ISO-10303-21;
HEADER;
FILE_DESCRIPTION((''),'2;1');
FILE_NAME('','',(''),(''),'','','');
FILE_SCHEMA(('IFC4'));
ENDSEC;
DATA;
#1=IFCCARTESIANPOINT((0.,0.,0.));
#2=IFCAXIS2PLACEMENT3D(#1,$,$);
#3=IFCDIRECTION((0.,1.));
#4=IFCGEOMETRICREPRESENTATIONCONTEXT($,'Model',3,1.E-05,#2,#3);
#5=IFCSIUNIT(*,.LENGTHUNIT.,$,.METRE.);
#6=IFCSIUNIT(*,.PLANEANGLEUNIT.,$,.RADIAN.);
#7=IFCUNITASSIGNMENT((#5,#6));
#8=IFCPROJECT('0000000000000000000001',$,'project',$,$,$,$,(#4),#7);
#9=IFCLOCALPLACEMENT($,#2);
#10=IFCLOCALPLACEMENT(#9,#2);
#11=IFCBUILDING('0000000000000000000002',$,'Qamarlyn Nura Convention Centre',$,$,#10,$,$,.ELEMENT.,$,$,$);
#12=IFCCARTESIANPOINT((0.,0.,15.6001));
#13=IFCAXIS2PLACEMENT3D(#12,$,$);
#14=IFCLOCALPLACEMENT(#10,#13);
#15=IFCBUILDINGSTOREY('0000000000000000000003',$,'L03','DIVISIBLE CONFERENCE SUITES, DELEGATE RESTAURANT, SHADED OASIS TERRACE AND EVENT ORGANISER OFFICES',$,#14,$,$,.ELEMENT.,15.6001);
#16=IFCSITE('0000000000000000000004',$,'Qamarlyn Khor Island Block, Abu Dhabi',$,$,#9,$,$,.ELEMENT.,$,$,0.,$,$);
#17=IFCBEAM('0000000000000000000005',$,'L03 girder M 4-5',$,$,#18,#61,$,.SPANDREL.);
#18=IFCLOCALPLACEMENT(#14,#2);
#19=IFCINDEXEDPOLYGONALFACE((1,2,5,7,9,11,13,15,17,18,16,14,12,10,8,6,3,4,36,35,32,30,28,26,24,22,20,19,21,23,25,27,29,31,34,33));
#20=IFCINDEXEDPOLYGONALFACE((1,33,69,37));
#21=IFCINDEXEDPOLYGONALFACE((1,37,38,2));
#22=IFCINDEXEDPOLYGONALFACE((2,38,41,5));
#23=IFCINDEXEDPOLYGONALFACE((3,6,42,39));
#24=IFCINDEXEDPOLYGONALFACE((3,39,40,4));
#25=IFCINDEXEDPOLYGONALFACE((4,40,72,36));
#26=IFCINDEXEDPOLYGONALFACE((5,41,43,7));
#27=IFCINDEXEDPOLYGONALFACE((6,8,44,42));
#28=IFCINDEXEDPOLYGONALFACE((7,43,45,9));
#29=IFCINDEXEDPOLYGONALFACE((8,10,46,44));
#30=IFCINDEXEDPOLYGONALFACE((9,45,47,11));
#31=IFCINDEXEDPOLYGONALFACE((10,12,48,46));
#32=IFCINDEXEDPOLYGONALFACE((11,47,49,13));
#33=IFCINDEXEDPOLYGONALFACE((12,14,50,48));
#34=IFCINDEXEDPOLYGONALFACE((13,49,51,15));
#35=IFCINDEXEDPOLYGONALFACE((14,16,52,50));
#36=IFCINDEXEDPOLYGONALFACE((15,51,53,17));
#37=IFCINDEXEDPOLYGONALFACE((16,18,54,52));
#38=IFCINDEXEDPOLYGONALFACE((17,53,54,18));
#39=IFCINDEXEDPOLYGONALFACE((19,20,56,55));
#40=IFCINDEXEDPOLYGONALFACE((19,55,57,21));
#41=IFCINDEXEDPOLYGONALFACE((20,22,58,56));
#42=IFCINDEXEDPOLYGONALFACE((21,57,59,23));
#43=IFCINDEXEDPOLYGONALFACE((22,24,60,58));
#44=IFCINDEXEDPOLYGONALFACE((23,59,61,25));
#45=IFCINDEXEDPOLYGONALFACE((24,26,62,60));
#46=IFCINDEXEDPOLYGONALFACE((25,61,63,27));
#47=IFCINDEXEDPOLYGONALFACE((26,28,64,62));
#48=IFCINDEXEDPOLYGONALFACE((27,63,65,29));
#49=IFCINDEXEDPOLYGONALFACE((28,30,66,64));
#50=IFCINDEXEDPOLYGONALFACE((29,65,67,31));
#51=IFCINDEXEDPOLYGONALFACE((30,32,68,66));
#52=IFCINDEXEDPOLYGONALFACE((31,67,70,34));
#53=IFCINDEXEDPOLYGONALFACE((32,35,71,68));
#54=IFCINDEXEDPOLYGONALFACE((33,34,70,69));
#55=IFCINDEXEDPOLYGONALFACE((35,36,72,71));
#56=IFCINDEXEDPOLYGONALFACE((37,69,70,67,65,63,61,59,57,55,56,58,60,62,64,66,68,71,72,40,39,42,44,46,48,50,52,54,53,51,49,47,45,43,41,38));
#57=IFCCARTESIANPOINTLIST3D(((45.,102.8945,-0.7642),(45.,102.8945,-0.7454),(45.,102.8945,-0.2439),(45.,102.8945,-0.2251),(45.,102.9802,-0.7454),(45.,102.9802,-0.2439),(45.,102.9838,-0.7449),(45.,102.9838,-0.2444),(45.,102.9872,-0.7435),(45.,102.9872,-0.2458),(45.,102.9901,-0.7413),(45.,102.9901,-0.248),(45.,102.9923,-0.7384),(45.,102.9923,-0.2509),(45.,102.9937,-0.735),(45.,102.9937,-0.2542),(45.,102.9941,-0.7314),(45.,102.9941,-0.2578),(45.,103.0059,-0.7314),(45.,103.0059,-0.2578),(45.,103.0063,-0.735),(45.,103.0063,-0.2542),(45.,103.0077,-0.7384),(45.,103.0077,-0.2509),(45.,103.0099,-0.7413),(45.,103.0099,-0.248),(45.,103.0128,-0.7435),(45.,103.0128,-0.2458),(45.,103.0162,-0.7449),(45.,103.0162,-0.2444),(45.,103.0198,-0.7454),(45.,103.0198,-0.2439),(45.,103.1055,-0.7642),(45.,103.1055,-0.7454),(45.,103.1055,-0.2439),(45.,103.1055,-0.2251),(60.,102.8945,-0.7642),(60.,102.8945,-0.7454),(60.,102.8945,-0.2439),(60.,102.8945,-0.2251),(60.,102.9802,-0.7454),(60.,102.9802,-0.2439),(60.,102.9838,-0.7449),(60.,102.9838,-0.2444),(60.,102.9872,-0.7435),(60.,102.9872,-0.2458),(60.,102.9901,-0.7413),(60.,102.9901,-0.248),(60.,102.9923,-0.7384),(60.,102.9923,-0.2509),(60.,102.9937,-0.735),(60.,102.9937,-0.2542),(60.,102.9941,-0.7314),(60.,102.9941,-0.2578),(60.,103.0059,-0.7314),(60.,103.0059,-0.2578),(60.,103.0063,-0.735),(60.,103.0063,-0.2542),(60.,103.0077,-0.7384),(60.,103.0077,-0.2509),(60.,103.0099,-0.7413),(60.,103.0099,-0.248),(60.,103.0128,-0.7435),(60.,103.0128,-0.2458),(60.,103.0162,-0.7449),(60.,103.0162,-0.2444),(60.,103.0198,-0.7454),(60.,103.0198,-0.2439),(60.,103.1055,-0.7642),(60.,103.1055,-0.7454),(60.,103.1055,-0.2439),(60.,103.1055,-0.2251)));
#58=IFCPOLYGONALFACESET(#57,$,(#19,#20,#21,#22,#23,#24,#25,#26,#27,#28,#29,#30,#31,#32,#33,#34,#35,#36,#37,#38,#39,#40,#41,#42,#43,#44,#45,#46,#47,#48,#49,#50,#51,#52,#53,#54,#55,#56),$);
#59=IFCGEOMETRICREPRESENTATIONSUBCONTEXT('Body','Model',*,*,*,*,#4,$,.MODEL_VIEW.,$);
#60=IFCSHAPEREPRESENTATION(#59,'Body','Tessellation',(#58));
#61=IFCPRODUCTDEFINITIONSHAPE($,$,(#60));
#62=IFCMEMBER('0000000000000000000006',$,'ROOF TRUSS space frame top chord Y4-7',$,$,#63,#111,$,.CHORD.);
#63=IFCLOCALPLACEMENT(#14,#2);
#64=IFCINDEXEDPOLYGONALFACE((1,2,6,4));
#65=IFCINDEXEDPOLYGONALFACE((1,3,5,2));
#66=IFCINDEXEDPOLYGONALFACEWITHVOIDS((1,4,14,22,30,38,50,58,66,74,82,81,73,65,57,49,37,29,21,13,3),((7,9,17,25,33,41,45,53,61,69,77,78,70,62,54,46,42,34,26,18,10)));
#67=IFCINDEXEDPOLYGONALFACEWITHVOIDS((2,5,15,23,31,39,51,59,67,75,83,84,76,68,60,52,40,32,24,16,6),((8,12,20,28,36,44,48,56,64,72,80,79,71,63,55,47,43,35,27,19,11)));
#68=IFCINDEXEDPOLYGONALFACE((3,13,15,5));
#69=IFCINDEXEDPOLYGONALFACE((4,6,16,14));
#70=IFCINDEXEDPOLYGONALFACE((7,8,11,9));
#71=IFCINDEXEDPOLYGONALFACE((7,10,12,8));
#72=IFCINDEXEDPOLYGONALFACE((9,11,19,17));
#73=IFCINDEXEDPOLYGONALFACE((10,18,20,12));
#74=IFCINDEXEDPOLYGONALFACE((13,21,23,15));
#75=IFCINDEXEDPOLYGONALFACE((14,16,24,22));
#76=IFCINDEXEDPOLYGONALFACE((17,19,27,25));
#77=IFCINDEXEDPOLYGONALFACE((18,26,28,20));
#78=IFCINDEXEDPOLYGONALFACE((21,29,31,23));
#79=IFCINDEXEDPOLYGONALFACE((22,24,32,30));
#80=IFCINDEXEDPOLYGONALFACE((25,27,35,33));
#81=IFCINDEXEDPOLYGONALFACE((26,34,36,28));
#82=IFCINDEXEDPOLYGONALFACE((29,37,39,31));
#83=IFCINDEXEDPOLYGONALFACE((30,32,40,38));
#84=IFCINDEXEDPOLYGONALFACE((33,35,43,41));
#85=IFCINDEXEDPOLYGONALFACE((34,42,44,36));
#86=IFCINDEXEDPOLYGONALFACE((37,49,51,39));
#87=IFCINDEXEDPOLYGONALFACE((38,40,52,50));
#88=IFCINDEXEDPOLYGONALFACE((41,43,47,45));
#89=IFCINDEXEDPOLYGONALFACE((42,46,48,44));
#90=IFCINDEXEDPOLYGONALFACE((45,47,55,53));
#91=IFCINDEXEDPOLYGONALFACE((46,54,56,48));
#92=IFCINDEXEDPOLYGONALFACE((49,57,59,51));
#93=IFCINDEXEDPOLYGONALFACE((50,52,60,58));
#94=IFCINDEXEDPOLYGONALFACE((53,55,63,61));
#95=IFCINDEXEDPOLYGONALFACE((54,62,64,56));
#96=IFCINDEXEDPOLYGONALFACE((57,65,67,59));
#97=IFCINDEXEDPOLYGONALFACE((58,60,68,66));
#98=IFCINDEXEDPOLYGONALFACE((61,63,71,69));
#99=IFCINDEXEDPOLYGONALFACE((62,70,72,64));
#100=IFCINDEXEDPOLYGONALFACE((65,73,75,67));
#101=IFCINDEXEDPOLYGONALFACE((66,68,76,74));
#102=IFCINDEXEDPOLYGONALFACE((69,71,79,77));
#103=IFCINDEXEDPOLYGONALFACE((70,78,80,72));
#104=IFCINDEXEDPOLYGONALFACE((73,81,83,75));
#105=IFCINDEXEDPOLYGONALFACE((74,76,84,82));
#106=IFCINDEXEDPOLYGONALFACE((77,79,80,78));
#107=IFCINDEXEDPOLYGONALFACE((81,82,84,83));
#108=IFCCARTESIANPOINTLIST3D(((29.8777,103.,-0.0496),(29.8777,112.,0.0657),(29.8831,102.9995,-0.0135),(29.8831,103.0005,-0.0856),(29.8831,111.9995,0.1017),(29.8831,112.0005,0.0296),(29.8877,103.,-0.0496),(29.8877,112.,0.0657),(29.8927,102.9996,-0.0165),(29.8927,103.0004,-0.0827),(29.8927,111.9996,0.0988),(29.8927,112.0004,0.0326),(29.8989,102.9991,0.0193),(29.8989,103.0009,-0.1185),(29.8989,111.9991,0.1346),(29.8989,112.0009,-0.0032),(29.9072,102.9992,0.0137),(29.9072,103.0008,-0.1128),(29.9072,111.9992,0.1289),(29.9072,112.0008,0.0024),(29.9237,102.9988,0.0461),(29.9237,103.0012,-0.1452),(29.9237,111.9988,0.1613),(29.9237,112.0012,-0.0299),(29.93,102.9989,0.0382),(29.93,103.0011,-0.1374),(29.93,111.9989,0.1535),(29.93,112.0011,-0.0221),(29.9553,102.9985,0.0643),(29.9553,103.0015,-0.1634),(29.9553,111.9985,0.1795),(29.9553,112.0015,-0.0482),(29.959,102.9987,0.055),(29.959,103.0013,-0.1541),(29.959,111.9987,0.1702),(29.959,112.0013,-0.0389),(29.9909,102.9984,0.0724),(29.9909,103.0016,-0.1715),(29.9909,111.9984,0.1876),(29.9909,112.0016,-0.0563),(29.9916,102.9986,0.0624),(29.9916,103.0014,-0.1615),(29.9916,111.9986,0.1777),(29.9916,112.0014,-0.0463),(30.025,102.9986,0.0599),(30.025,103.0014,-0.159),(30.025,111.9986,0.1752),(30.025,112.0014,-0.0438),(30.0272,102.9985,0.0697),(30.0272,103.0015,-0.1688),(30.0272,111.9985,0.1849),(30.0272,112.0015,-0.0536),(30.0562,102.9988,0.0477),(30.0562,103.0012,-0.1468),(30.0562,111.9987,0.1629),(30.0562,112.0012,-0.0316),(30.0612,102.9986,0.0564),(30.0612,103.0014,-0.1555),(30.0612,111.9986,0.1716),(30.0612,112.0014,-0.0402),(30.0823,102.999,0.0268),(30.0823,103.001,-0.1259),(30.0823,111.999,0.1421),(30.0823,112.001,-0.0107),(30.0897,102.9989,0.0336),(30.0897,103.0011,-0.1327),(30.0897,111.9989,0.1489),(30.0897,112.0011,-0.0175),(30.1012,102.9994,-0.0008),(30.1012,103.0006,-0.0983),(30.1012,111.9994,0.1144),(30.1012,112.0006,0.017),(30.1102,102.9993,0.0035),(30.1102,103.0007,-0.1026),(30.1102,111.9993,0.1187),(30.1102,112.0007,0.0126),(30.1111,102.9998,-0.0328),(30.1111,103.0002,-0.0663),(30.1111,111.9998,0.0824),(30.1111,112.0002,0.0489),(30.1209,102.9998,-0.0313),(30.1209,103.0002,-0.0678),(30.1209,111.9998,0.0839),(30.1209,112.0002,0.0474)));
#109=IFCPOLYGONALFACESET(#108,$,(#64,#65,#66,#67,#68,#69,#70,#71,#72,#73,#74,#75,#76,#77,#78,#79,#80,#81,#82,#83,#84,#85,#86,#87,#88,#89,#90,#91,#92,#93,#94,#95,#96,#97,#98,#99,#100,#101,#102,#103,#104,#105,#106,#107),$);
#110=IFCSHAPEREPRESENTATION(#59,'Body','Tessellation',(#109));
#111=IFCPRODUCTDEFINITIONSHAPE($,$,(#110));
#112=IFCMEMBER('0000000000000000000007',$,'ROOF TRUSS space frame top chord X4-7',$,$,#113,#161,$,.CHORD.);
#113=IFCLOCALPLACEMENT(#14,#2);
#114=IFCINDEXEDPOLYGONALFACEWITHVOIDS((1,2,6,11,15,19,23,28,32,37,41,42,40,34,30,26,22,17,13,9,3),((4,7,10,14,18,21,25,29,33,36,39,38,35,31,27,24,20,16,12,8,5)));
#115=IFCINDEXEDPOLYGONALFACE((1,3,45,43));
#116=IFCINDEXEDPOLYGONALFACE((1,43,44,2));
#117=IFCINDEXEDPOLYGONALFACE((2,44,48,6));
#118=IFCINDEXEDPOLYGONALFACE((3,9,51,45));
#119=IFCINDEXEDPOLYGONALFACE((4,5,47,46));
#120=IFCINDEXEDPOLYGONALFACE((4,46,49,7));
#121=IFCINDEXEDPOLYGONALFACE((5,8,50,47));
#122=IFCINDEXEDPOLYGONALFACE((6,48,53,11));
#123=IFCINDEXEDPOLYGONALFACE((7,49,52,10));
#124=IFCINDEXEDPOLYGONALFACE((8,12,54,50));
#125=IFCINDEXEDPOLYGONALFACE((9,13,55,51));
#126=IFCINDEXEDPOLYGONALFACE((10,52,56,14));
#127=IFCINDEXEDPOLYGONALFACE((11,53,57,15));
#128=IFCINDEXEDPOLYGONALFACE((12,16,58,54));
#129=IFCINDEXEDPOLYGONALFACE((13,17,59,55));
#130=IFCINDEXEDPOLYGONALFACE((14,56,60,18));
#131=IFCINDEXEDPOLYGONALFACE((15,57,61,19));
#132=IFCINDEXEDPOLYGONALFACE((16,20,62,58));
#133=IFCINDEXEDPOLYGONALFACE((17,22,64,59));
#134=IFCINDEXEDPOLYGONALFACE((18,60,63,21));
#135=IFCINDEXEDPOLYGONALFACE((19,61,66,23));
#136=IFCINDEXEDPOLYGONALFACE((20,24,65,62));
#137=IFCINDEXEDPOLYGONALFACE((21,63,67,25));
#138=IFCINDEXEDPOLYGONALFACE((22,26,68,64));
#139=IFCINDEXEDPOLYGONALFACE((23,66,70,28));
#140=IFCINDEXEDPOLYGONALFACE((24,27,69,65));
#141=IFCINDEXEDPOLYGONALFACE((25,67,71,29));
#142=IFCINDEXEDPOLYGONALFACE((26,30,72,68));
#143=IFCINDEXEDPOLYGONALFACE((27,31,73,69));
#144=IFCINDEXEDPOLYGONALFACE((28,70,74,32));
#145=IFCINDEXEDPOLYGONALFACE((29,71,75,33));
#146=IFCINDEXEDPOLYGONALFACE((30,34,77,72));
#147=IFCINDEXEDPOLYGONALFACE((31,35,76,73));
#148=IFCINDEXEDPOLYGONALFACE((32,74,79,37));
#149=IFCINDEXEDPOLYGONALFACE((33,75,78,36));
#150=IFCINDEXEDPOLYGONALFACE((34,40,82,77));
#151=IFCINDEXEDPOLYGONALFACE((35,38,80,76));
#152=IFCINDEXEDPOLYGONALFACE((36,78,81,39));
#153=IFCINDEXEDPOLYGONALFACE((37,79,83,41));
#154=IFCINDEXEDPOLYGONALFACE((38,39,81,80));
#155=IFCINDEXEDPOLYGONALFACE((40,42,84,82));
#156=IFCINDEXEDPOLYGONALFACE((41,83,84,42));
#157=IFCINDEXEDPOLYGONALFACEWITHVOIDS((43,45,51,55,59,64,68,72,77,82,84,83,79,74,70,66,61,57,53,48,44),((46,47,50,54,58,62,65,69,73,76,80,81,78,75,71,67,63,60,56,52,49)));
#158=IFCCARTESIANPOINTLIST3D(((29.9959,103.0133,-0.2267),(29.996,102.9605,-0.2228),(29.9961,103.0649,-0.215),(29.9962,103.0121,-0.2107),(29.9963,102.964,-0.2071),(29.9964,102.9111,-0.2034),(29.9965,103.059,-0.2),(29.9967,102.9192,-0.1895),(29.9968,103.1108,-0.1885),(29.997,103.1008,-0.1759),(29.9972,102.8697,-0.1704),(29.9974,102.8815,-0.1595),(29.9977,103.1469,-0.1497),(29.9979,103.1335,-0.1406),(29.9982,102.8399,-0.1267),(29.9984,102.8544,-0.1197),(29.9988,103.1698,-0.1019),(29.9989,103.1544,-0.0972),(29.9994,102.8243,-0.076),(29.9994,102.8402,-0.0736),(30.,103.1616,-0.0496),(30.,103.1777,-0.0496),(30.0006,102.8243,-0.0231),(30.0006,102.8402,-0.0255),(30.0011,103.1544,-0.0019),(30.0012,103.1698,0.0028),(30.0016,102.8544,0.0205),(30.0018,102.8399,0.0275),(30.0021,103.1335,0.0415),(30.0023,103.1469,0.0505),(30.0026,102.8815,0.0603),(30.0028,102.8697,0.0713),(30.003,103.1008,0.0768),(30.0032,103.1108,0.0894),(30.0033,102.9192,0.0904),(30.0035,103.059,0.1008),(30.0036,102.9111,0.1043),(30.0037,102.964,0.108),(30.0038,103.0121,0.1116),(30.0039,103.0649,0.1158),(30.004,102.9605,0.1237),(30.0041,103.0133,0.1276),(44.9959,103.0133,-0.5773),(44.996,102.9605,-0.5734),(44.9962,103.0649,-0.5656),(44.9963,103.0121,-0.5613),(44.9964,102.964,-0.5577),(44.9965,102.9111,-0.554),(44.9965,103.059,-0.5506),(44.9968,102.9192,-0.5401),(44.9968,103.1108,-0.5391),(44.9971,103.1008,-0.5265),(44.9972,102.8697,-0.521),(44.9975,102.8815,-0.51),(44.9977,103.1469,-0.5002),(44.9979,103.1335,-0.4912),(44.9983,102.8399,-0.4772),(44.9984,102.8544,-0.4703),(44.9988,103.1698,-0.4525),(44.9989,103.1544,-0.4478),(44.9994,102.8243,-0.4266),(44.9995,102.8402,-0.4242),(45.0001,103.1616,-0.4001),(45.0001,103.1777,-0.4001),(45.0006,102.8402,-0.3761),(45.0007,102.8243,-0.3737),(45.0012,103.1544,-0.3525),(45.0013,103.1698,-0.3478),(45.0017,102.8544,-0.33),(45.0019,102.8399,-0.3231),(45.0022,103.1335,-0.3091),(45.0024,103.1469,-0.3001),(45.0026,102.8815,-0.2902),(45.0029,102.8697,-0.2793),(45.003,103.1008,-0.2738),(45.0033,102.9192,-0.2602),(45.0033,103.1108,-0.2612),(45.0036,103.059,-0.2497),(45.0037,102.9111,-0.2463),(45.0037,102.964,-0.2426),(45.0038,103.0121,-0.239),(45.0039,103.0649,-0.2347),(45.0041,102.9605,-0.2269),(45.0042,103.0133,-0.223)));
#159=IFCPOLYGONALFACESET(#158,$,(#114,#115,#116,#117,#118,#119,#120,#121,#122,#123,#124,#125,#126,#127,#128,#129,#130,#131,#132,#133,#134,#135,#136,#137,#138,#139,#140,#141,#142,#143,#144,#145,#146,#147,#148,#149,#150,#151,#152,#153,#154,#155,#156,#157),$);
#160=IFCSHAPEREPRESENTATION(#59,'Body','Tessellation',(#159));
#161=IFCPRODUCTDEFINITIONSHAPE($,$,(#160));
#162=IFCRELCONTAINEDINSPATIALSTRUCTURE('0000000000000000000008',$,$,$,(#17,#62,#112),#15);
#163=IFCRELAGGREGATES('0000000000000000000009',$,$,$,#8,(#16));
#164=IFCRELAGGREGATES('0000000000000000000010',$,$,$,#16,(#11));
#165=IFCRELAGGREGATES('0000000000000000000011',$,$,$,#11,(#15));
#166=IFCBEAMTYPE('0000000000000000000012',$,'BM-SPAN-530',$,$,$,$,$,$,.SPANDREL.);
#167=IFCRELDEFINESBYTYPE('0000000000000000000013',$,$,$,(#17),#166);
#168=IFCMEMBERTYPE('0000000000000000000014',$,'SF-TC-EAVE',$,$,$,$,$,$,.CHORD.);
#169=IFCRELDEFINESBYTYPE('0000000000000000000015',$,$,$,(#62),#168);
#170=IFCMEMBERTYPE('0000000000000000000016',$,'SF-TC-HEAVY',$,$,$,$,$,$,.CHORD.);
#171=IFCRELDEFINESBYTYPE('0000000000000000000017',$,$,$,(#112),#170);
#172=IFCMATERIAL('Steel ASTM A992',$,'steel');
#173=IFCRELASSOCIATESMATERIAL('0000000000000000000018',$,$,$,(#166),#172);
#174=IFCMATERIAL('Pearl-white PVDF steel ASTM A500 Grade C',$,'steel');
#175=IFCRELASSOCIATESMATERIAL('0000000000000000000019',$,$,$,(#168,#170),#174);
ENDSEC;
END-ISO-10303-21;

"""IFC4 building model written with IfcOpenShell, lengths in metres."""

from ifc_helpers import new_model, si_unit, direction, frame, origin, origin_2d, place, context, subcontext, project, spatial, hollow_circle, i_section, extrude, material, material_profile, profile_set, type_object, element, save


model = new_model("IFC4")

# Units and contexts
model_context = context("Model", 3, precision=1e-05, world=origin(), true_north=direction((0.0, 1.0)))
body_context = subcontext(model_context, "Body", "Model", "MODEL_VIEW")
ifc_project = project(units=[si_unit("LENGTHUNIT", "METRE"), si_unit("PLANEANGLEUNIT", "RADIAN")], contexts=[model_context])

# Site, building, storey
site_placement = place(None, origin())
site = spatial("IfcSite", under=ifc_project, at=site_placement, Name="Qamarlyn Khor Island Block, Abu Dhabi", CompositionType="ELEMENT", RefElevation=0.0)
building_placement = place(site_placement, origin())
building = spatial("IfcBuilding", under=site, at=building_placement, Name="Qamarlyn Nura Convention Centre", CompositionType="ELEMENT")
storey_placement = place(building_placement, frame((0.0, 0.0, 15.6001)))
storey = spatial("IfcBuildingStorey", under=building, at=storey_placement, Name="L03", Description="DIVISIBLE CONFERENCE SUITES, DELEGATE RESTAURANT, SHADED OASIS TERRACE AND EVENT ORGANISER OFFICES", CompositionType="ELEMENT", Elevation=15.6001)

# Beam
ifc_material_1 = material(Name="Steel ASTM A992", Category="steel")
ifc_material_profile_1 = material_profile(ifc_material_1, i_section(OverallWidth=0.2109, OverallDepth=0.5391, WebThickness=0.0117, FlangeThickness=0.0188, FilletRadius=0.0139, at=origin_2d()), Name="W530X109")
ifc_profile_set_1 = profile_set([ifc_material_profile_1], Name="Steel ASTM A992")
beam_type = type_object("IfcBeamType", Name="BM-SPAN-530", PredefinedType="SPANDREL", material=ifc_profile_set_1)
beam_placement = place(storey_placement, frame((45.0, 103.0, -0.4946), z_axis=(1.0, 0.0, 0.0), x_axis=(0.0, 1.0, 0.0)))
element("IfcBeam", 1, at=beam_placement, inside=storey, type_object=beam_type, Name="L03 girder M 4-5", PredefinedType="SPANDREL", context=body_context, shape_type="SweptSolid", body=[
    extrude(i_section(OverallWidth=0.2109, OverallDepth=0.5391, WebThickness=0.0117, FlangeThickness=0.0188, FilletRadius=0.0139, at=origin_2d()), origin(), (0.0, 0.0, 1.0), 15.0),
])

# Members
ifc_material_2 = material(Name="Pearl-white PVDF steel ASTM A500 Grade C", Category="steel")
ifc_material_profile_2 = material_profile(ifc_material_2, hollow_circle(Radius=0.1223, WallThickness=0.01, at=origin_2d()), Name="CHS244.5X10")
ifc_profile_set_2 = profile_set([ifc_material_profile_2], Name="Pearl-white PVDF steel ASTM A500 Grade C")
member_type_1 = type_object("IfcMemberType", Name="SF-TC-EAVE", PredefinedType="CHORD", material=ifc_profile_set_2)
member_1_placement = place(storey_placement, frame((30.0, 103.0, -0.0496), z_axis=(0.0, 0.999918, 0.012803), x_axis=(-1.0, 0.0, 0.0)))
element("IfcMember", 2, at=member_1_placement, inside=storey, type_object=member_type_1, Name="ROOF TRUSS space frame top chord Y4-7", PredefinedType="CHORD", context=body_context, shape_type="SweptSolid", body=[
    extrude(hollow_circle(Radius=0.1223, WallThickness=0.01, at=origin_2d()), origin(), (0.0, 0.0, 1.0), 9.0007),
])
ifc_material_profile_3 = material_profile(ifc_material_2, hollow_circle(Radius=0.1777, WallThickness=0.0161, at=origin_2d()), Name="CHS355.6X16")
ifc_profile_set_3 = profile_set([ifc_material_profile_3], Name="Pearl-white PVDF steel ASTM A500 Grade C")
member_type_2 = type_object("IfcMemberType", Name="SF-TC-HEAVY", PredefinedType="CHORD", material=ifc_profile_set_3)
member_2_placement = place(storey_placement, frame((30.0, 103.0, -0.0496), z_axis=(0.999727, 0.0, -0.023366), x_axis=(0.0, 1.0, 0.0)))
element("IfcMember", 3, at=member_2_placement, inside=storey, type_object=member_type_2, Name="ROOF TRUSS space frame top chord X4-7", PredefinedType="CHORD", context=body_context, shape_type="SweptSolid", body=[
    extrude(hollow_circle(Radius=0.1777, WallThickness=0.0161, at=origin_2d()), origin(), (0.0, 0.0, 1.0), 15.0042),
])

save(model, "model.ifc")
